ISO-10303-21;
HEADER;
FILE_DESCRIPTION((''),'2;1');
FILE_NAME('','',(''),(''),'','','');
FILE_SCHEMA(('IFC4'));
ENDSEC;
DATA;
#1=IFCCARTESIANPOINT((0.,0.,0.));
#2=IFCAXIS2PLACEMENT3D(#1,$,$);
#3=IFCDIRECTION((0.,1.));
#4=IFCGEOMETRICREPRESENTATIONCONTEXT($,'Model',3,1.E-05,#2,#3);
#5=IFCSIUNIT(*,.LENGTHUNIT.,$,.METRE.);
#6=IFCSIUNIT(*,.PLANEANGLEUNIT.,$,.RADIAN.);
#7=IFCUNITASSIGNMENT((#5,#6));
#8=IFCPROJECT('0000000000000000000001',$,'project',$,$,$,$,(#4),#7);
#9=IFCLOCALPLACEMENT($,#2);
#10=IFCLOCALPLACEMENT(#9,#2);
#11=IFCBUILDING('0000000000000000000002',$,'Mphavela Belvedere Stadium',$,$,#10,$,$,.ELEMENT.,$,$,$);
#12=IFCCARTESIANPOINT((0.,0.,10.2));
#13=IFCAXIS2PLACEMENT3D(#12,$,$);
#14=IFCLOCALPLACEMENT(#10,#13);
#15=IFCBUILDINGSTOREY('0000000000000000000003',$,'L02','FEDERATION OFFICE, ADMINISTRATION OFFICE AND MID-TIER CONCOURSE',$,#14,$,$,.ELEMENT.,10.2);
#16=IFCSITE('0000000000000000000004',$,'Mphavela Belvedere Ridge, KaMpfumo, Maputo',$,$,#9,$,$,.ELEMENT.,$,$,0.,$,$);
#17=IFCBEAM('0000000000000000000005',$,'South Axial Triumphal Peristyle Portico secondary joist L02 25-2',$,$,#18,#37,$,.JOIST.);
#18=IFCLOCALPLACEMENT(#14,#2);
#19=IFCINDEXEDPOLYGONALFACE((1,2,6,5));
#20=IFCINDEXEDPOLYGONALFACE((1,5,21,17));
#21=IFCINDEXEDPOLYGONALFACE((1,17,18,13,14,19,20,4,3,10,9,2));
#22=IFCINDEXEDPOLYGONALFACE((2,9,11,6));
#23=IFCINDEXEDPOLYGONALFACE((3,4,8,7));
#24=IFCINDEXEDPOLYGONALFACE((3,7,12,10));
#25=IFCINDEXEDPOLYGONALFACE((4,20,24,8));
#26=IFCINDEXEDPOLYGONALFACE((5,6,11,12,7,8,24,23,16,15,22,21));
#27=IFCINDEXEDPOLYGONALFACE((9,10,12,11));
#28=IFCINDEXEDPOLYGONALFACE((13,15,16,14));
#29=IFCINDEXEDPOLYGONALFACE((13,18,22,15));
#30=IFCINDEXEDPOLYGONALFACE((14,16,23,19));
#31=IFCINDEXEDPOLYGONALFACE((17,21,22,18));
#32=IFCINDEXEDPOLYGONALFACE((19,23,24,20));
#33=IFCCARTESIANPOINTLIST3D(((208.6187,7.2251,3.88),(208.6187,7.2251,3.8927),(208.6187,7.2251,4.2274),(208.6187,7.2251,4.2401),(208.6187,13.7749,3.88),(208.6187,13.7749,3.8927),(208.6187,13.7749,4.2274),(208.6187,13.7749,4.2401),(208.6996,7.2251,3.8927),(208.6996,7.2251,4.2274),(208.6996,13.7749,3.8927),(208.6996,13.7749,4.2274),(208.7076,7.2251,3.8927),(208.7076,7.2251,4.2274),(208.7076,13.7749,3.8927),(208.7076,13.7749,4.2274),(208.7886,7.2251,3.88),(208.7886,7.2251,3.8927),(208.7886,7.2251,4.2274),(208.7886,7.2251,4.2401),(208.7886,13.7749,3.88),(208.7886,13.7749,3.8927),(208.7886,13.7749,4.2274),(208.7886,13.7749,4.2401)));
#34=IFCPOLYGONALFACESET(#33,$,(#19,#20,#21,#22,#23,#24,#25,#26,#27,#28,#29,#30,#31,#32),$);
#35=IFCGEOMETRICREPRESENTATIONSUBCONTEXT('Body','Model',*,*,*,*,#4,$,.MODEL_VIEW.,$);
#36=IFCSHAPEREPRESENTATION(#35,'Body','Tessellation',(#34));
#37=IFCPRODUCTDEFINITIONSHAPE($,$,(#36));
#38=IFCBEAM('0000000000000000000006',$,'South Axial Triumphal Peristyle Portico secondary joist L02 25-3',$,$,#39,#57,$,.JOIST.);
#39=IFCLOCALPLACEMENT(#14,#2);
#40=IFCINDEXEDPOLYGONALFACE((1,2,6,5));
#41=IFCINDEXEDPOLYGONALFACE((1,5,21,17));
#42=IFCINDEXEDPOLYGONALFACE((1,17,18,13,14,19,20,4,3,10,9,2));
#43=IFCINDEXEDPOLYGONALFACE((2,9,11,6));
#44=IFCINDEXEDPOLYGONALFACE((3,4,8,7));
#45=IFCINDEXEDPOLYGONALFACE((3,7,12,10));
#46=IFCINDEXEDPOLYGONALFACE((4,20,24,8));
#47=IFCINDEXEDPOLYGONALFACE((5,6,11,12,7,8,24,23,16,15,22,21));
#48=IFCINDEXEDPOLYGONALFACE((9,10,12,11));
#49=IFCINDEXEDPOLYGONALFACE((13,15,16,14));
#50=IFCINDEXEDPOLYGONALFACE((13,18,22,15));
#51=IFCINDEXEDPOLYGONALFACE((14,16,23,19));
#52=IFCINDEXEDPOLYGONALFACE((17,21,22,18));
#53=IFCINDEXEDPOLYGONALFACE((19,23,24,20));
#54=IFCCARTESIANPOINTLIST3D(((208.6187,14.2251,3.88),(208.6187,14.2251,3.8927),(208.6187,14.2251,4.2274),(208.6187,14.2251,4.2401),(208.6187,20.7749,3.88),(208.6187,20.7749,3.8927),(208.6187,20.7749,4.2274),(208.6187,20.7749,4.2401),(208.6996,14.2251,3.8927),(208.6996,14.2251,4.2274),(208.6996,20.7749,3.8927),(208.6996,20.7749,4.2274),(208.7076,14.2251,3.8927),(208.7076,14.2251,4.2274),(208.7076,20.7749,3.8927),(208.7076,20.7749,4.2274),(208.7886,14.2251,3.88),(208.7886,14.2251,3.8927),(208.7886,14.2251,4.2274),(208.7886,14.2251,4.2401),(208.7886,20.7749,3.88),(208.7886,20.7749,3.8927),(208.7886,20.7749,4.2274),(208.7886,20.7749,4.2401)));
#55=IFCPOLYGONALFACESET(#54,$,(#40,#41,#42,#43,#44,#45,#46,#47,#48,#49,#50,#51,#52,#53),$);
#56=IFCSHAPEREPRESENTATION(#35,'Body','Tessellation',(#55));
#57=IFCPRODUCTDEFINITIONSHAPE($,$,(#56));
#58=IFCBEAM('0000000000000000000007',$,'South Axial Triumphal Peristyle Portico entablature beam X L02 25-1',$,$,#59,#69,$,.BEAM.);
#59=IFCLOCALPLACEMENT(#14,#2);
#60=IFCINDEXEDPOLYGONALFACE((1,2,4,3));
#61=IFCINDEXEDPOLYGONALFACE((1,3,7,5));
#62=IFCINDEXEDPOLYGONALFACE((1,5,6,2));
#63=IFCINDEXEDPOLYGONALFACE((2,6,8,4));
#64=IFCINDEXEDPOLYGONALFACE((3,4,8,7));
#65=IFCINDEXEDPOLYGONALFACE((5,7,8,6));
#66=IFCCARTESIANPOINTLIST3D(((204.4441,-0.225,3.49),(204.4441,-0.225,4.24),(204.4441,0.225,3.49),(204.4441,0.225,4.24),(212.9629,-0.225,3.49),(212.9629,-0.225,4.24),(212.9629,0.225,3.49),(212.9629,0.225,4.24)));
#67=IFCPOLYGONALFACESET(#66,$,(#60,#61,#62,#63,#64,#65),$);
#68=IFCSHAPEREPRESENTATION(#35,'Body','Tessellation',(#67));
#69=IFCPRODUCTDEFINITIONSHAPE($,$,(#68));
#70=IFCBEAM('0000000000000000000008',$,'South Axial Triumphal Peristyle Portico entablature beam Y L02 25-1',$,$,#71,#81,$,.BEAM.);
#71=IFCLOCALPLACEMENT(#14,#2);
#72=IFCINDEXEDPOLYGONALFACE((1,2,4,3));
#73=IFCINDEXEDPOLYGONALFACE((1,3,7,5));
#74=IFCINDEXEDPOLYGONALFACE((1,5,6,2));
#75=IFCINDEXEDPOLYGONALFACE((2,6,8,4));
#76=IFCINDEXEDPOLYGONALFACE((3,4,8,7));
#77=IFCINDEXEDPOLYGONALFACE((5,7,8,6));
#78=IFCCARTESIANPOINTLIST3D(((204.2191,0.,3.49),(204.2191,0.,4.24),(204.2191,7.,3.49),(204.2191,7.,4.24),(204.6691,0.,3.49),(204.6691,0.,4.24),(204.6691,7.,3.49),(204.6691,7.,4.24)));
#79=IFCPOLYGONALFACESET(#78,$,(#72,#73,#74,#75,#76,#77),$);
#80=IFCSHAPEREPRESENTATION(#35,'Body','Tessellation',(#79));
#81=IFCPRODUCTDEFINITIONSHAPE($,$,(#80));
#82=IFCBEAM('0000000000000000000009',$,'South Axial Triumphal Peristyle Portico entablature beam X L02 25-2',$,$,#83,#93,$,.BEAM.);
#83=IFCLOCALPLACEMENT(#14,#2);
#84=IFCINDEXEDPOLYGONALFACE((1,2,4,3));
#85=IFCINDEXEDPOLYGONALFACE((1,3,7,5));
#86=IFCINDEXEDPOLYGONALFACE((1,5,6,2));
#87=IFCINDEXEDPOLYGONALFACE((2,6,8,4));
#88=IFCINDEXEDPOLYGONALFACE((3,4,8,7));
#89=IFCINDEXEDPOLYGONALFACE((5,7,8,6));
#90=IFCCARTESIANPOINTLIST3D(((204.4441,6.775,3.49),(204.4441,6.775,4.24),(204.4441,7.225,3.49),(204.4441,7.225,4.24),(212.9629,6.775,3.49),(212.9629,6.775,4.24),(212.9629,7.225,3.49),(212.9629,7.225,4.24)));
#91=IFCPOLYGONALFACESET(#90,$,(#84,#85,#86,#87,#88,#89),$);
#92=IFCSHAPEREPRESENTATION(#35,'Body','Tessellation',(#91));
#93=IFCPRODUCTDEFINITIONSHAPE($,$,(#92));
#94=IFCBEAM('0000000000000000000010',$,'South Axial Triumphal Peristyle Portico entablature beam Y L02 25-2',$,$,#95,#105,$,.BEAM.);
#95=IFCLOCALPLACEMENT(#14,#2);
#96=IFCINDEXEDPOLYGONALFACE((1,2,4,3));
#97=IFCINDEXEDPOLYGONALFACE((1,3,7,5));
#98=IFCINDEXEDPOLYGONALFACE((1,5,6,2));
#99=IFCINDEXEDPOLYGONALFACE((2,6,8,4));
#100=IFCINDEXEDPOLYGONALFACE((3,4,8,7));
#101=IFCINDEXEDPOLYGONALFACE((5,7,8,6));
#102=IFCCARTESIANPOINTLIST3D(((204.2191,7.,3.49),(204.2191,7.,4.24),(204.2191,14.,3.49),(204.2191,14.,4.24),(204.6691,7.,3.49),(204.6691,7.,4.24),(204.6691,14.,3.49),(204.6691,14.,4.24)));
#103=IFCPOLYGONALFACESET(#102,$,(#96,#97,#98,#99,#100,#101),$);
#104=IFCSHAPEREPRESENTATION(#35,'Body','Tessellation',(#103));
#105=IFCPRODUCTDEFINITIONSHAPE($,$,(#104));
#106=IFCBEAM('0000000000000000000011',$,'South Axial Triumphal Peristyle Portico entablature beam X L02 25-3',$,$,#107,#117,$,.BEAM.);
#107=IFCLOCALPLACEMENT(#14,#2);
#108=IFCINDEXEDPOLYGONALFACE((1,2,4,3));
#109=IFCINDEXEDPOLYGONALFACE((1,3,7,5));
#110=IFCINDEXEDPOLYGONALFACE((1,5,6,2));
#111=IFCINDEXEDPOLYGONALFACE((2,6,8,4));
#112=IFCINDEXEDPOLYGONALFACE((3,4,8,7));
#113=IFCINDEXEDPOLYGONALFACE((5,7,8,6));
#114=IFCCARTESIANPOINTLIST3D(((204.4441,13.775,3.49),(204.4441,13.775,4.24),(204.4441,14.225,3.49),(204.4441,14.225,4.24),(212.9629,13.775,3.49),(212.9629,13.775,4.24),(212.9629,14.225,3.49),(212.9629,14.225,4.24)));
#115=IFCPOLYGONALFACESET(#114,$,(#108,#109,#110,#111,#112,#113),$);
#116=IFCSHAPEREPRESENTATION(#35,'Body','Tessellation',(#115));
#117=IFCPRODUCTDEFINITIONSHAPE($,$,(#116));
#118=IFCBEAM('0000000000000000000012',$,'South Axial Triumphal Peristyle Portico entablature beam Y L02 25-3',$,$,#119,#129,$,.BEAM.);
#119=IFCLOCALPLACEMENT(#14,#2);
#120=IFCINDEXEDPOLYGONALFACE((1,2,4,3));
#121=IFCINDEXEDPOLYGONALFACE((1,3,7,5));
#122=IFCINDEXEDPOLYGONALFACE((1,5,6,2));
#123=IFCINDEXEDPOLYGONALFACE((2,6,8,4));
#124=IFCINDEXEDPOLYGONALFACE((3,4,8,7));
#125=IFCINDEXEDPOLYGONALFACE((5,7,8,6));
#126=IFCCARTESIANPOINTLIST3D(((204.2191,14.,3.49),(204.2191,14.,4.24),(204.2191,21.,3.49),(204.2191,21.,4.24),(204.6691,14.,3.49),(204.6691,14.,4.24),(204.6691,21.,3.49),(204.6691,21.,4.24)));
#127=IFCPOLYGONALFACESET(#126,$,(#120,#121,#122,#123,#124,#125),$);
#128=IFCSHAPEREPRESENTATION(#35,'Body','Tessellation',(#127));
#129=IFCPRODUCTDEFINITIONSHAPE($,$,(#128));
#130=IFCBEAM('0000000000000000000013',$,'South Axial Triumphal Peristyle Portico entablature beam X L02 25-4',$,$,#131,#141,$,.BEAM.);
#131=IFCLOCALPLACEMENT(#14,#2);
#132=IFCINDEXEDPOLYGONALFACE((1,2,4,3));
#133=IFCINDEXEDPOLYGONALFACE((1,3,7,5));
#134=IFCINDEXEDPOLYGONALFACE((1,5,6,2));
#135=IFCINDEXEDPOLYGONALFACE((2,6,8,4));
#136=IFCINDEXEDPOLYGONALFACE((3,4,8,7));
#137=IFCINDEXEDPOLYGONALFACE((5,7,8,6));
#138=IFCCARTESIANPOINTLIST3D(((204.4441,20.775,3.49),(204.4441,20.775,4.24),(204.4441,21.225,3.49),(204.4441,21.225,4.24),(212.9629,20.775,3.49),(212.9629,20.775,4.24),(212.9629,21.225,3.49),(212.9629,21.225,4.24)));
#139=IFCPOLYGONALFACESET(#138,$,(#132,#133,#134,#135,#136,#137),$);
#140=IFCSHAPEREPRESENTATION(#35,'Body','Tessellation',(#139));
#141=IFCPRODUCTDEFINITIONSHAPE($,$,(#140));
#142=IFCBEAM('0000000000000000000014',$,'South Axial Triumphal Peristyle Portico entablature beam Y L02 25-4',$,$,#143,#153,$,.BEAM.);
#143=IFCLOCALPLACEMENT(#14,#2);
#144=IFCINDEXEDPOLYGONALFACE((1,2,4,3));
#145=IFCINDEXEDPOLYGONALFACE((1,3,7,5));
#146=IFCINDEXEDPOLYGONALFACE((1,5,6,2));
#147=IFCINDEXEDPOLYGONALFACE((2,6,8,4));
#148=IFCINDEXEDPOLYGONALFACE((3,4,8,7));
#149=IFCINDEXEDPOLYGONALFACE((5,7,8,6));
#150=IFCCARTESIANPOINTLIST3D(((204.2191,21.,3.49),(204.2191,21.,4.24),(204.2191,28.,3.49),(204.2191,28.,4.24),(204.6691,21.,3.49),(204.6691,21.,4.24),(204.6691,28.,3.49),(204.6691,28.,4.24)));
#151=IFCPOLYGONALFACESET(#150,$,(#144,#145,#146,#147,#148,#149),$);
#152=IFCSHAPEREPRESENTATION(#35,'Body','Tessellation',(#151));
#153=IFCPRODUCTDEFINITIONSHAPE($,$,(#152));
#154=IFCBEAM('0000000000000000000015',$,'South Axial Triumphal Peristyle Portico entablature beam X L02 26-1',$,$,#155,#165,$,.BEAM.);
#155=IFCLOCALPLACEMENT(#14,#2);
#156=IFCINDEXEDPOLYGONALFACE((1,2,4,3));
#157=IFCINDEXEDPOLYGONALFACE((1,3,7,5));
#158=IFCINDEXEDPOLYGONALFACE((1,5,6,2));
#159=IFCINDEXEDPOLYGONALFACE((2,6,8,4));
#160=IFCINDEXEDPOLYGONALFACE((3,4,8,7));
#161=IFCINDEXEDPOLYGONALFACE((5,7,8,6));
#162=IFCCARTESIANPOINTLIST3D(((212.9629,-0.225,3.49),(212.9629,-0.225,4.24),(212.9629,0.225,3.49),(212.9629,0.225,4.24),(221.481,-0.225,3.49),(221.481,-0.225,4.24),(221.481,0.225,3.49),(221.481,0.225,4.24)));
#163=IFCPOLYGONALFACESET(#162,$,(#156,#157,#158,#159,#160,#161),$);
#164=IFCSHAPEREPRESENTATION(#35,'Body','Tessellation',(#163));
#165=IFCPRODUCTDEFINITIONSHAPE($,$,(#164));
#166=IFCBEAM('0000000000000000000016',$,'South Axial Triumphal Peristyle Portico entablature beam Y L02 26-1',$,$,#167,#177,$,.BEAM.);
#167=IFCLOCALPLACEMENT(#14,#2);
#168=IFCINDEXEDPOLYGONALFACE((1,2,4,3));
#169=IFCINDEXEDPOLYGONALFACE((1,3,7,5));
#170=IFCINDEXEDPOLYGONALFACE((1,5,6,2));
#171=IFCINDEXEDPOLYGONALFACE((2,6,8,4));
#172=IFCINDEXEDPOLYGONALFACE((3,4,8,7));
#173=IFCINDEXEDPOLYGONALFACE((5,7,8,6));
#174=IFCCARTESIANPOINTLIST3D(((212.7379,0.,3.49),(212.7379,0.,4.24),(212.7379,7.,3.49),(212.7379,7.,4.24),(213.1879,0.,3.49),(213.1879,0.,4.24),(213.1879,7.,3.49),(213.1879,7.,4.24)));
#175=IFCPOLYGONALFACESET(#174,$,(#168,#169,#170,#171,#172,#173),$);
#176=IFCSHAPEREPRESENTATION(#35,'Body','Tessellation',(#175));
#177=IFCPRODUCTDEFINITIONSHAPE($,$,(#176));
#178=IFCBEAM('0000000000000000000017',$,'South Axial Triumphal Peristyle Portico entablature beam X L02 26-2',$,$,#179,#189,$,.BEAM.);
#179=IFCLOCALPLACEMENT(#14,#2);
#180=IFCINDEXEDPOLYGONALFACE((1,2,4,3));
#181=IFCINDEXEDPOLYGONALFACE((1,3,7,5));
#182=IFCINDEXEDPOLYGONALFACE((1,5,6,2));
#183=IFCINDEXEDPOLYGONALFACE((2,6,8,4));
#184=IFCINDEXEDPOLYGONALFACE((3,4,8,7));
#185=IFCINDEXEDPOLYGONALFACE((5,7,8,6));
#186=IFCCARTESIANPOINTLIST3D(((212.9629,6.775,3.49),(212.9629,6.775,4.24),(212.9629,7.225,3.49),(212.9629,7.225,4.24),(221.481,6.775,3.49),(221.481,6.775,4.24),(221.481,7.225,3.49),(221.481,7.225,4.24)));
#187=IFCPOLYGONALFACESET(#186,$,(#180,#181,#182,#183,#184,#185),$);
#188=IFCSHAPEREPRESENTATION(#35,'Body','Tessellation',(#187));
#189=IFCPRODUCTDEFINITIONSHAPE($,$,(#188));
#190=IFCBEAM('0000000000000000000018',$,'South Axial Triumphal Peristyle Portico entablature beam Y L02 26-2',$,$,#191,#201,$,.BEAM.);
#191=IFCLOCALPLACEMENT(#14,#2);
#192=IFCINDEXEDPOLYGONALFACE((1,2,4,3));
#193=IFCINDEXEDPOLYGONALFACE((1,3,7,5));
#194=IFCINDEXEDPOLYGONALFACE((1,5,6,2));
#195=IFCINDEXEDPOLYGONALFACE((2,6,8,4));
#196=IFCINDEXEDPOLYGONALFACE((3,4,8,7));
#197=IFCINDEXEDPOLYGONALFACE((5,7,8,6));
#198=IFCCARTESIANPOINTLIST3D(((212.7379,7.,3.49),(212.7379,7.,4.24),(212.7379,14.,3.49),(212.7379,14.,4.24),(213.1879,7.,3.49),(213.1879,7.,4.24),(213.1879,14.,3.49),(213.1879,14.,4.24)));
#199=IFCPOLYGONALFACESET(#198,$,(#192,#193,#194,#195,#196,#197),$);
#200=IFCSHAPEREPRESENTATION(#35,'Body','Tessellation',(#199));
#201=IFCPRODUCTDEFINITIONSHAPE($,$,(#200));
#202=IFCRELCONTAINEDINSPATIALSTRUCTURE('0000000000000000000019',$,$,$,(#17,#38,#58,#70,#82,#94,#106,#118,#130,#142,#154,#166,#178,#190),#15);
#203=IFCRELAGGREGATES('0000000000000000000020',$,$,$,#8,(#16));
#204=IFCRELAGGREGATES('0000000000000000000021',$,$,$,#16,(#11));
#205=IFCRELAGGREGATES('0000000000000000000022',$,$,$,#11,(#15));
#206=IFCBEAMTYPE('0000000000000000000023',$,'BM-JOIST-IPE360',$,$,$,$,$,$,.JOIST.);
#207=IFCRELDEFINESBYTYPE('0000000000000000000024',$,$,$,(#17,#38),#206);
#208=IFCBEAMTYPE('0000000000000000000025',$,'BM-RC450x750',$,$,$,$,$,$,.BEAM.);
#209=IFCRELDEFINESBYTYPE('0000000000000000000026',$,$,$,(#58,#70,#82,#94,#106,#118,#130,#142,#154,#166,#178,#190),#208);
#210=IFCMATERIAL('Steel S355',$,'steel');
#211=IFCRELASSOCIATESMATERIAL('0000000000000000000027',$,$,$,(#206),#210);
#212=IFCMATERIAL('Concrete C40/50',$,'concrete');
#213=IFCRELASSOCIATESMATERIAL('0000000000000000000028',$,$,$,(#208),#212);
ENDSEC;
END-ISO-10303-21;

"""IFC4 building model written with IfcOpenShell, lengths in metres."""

from ifc_helpers import new_model, si_unit, direction, frame, origin, origin_2d, place, context, subcontext, project, spatial, rectangle, i_section, extrude, material, material_profile, profile_set, type_object, element, save


model = new_model("IFC4")

# Units and contexts
model_context = context("Model", 3, precision=1e-05, world=origin(), true_north=direction((0.0, 1.0)))
body_context = subcontext(model_context, "Body", "Model", "MODEL_VIEW")
ifc_project = project(units=[si_unit("LENGTHUNIT", "METRE"), si_unit("PLANEANGLEUNIT", "RADIAN")], contexts=[model_context])

# Site, building, storey
site_placement = place(None, origin())
site = spatial("IfcSite", under=ifc_project, at=site_placement, Name="Mphavela Belvedere Ridge, KaMpfumo, Maputo", CompositionType="ELEMENT", RefElevation=0.0)
building_placement = place(site_placement, origin())
building = spatial("IfcBuilding", under=site, at=building_placement, Name="Mphavela Belvedere Stadium", CompositionType="ELEMENT")
storey_placement = place(building_placement, frame((0.0, 0.0, 10.2)))
storey = spatial("IfcBuildingStorey", under=building, at=storey_placement, Name="L02", Description="FEDERATION OFFICE, ADMINISTRATION OFFICE AND MID-TIER CONCOURSE", CompositionType="ELEMENT", Elevation=10.2)

# Beams
ifc_material_1 = material(Name="Steel S355", Category="steel")
ifc_material_profile_1 = material_profile(ifc_material_1, i_section(OverallWidth=0.1699, OverallDepth=0.3601, WebThickness=0.0081, FlangeThickness=0.0127, at=origin_2d()), Name="IPE 360")
ifc_profile_set_1 = profile_set([ifc_material_profile_1], Name="Steel S355")
beam_type_1 = type_object("IfcBeamType", Name="BM-JOIST-IPE360", PredefinedType="JOIST", material=ifc_profile_set_1)
for number, where, z_axis, x_axis, name in (
    (1, (208.7036, 7.2251, 4.0601), (0.0, 1.0, 0.0), (-1.0, 0.0, 0.0), "South Axial Triumphal Peristyle Portico secondary joist L02 25-2"),
    (2, (208.7036, 14.2251, 4.0601), (0.0, 1.0, 0.0), (-1.0, 0.0, 0.0), "South Axial Triumphal Peristyle Portico secondary joist L02 25-3"),
):
    element("IfcBeam", number, at=place(storey_placement, frame(where, z_axis=z_axis, x_axis=x_axis)), inside=storey, type_object=beam_type_1, Name=name, PredefinedType="JOIST", context=body_context, shape_type="SweptSolid", body=[
        extrude(i_section(OverallWidth=0.1699, OverallDepth=0.3601, WebThickness=0.0081, FlangeThickness=0.0127, at=origin_2d()), origin(), (0.0, 0.0, 1.0), 6.5498),
    ])
ifc_material_2 = material(Name="Concrete C40/50", Category="concrete")
ifc_material_profile_2 = material_profile(ifc_material_2, rectangle(XDim=0.45, YDim=0.75, at=origin_2d()), Name="RC 450x750")
ifc_profile_set_2 = profile_set([ifc_material_profile_2], Name="Concrete C40/50")
beam_type_2 = type_object("IfcBeamType", Name="BM-RC450x750", PredefinedType="BEAM", material=ifc_profile_set_2)
beam_1_placement = place(storey_placement, frame((204.4441, 0.0, 3.865), z_axis=(1.0, 0.0, 0.0), x_axis=(0.0, 1.0, 0.0)))
element("IfcBeam", 3, at=beam_1_placement, inside=storey, type_object=beam_type_2, Name="South Axial Triumphal Peristyle Portico entablature beam X L02 25-1", PredefinedType="BEAM", context=body_context, shape_type="SweptSolid", body=[
    extrude(rectangle(XDim=0.45, YDim=0.75, at=origin_2d()), origin(), (0.0, 0.0, 1.0), 8.5188),
])
beam_2_placement = place(storey_placement, frame((204.4441, 0.0, 3.865), z_axis=(0.0, 1.0, 0.0), x_axis=(-1.0, 0.0, 0.0)))
element("IfcBeam", 4, at=beam_2_placement, inside=storey, type_object=beam_type_2, Name="South Axial Triumphal Peristyle Portico entablature beam Y L02 25-1", PredefinedType="BEAM", context=body_context, shape_type="SweptSolid", body=[
    extrude(rectangle(XDim=0.45, YDim=0.75, at=origin_2d()), origin(), (0.0, 0.0, 1.0), 7.0),
])
beam_3_placement = place(storey_placement, frame((204.4441, 7.0, 3.865), z_axis=(1.0, 0.0, 0.0), x_axis=(0.0, 1.0, 0.0)))
element("IfcBeam", 5, at=beam_3_placement, inside=storey, type_object=beam_type_2, Name="South Axial Triumphal Peristyle Portico entablature beam X L02 25-2", PredefinedType="BEAM", context=body_context, shape_type="SweptSolid", body=[
    extrude(rectangle(XDim=0.45, YDim=0.75, at=origin_2d()), origin(), (0.0, 0.0, 1.0), 8.5188),
])
beam_4_placement = place(storey_placement, frame((204.4441, 7.0, 3.865), z_axis=(0.0, 1.0, 0.0), x_axis=(-1.0, 0.0, 0.0)))
element("IfcBeam", 6, at=beam_4_placement, inside=storey, type_object=beam_type_2, Name="South Axial Triumphal Peristyle Portico entablature beam Y L02 25-2", PredefinedType="BEAM", context=body_context, shape_type="SweptSolid", body=[
    extrude(rectangle(XDim=0.45, YDim=0.75, at=origin_2d()), origin(), (0.0, 0.0, 1.0), 7.0),
])
beam_5_placement = place(storey_placement, frame((204.4441, 14.0, 3.865), z_axis=(1.0, 0.0, 0.0), x_axis=(0.0, 1.0, 0.0)))
element("IfcBeam", 7, at=beam_5_placement, inside=storey, type_object=beam_type_2, Name="South Axial Triumphal Peristyle Portico entablature beam X L02 25-3", PredefinedType="BEAM", context=body_context, shape_type="SweptSolid", body=[
    extrude(rectangle(XDim=0.45, YDim=0.75, at=origin_2d()), origin(), (0.0, 0.0, 1.0), 8.5188),
])
beam_6_placement = place(storey_placement, frame((204.4441, 14.0, 3.865), z_axis=(0.0, 1.0, 0.0), x_axis=(-1.0, 0.0, 0.0)))
element("IfcBeam", 8, at=beam_6_placement, inside=storey, type_object=beam_type_2, Name="South Axial Triumphal Peristyle Portico entablature beam Y L02 25-3", PredefinedType="BEAM", context=body_context, shape_type="SweptSolid", body=[
    extrude(rectangle(XDim=0.45, YDim=0.75, at=origin_2d()), origin(), (0.0, 0.0, 1.0), 7.0),
])
beam_7_placement = place(storey_placement, frame((204.4441, 21.0, 3.865), z_axis=(1.0, 0.0, 0.0), x_axis=(0.0, 1.0, 0.0)))
element("IfcBeam", 9, at=beam_7_placement, inside=storey, type_object=beam_type_2, Name="South Axial Triumphal Peristyle Portico entablature beam X L02 25-4", PredefinedType="BEAM", context=body_context, shape_type="SweptSolid", body=[
    extrude(rectangle(XDim=0.45, YDim=0.75, at=origin_2d()), origin(), (0.0, 0.0, 1.0), 8.5188),
])
beam_8_placement = place(storey_placement, frame((204.4441, 21.0, 3.865), z_axis=(0.0, 1.0, 0.0), x_axis=(-1.0, 0.0, 0.0)))
element("IfcBeam", 10, at=beam_8_placement, inside=storey, type_object=beam_type_2, Name="South Axial Triumphal Peristyle Portico entablature beam Y L02 25-4", PredefinedType="BEAM", context=body_context, shape_type="SweptSolid", body=[
    extrude(rectangle(XDim=0.45, YDim=0.75, at=origin_2d()), origin(), (0.0, 0.0, 1.0), 7.0),
])
beam_9_placement = place(storey_placement, frame((212.9629, 0.0, 3.865), z_axis=(1.0, 0.0, 0.0), x_axis=(0.0, 1.0, 0.0)))
element("IfcBeam", 11, at=beam_9_placement, inside=storey, type_object=beam_type_2, Name="South Axial Triumphal Peristyle Portico entablature beam X L02 26-1", PredefinedType="BEAM", context=body_context, shape_type="SweptSolid", body=[
    extrude(rectangle(XDim=0.45, YDim=0.75, at=origin_2d()), origin(), (0.0, 0.0, 1.0), 8.5181),
])
beam_10_placement = place(storey_placement, frame((212.9629, 0.0, 3.865), z_axis=(0.0, 1.0, 0.0), x_axis=(-1.0, 0.0, 0.0)))
element("IfcBeam", 12, at=beam_10_placement, inside=storey, type_object=beam_type_2, Name="South Axial Triumphal Peristyle Portico entablature beam Y L02 26-1", PredefinedType="BEAM", context=body_context, shape_type="SweptSolid", body=[
    extrude(rectangle(XDim=0.45, YDim=0.75, at=origin_2d()), origin(), (0.0, 0.0, 1.0), 7.0),
])
beam_11_placement = place(storey_placement, frame((212.9629, 7.0, 3.865), z_axis=(1.0, 0.0, 0.0), x_axis=(0.0, 1.0, 0.0)))
element("IfcBeam", 13, at=beam_11_placement, inside=storey, type_object=beam_type_2, Name="South Axial Triumphal Peristyle Portico entablature beam X L02 26-2", PredefinedType="BEAM", context=body_context, shape_type="SweptSolid", body=[
    extrude(rectangle(XDim=0.45, YDim=0.75, at=origin_2d()), origin(), (0.0, 0.0, 1.0), 8.5181),
])
beam_12_placement = place(storey_placement, frame((212.9629, 7.0, 3.865), z_axis=(0.0, 1.0, 0.0), x_axis=(-1.0, 0.0, 0.0)))
element("IfcBeam", 14, at=beam_12_placement, inside=storey, type_object=beam_type_2, Name="South Axial Triumphal Peristyle Portico entablature beam Y L02 26-2", PredefinedType="BEAM", context=body_context, shape_type="SweptSolid", body=[
    extrude(rectangle(XDim=0.45, YDim=0.75, at=origin_2d()), origin(), (0.0, 0.0, 1.0), 7.0),
])

save(model, "model.ifc")
